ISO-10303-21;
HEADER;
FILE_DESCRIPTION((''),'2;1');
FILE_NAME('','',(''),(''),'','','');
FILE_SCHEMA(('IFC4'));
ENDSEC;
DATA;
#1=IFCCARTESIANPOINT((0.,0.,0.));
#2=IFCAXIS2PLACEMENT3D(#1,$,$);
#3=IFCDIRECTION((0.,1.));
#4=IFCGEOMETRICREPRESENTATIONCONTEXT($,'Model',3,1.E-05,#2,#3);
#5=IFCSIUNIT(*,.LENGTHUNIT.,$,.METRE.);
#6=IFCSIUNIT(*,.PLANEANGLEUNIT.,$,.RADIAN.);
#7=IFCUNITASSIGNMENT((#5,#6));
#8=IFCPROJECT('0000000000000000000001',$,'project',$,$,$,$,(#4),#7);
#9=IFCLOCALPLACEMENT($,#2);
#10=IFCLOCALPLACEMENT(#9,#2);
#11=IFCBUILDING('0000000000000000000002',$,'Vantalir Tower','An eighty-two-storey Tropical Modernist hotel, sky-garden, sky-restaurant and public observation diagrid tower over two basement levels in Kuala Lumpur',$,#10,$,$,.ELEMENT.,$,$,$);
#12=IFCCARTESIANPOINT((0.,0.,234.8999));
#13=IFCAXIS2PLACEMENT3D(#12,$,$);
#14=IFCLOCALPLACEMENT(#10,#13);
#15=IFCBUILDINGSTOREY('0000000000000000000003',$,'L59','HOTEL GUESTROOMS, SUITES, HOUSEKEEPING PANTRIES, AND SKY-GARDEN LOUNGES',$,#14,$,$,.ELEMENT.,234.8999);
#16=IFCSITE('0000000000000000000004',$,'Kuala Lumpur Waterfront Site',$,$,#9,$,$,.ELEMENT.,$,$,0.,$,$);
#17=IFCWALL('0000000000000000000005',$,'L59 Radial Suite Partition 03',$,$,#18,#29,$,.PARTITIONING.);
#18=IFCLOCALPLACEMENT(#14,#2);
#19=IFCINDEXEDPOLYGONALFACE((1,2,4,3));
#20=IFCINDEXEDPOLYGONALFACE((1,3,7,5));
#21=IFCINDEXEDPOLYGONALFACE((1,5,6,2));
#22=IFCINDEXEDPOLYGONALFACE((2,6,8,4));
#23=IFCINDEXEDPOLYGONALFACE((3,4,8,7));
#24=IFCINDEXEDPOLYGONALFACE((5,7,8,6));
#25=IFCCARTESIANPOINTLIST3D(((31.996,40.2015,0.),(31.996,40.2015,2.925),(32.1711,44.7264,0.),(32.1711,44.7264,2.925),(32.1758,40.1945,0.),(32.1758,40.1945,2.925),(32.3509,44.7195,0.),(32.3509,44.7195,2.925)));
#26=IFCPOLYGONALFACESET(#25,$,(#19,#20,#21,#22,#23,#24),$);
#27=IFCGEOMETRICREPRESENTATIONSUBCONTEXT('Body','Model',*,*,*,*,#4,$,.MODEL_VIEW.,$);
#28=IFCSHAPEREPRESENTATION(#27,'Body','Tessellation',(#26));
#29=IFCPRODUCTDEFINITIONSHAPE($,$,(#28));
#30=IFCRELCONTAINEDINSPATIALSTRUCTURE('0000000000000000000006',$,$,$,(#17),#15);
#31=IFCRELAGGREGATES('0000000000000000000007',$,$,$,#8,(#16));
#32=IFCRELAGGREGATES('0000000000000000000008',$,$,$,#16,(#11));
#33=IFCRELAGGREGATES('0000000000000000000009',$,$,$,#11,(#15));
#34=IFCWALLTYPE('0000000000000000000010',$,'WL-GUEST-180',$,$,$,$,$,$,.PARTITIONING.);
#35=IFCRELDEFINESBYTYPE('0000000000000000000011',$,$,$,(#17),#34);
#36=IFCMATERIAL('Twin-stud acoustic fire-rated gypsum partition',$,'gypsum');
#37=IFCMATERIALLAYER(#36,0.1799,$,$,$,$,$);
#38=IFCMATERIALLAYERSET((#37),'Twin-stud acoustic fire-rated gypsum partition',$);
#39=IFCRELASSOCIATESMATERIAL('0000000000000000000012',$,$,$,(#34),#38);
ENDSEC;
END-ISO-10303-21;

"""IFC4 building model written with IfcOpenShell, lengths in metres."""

from ifc_helpers import new_model, si_unit, direction, frame, frame_2d, origin, place, context, subcontext, project, spatial, rectangle, extrude, material, layer, layer_set, type_object, element, save


model = new_model("IFC4")

# Units and contexts
model_context = context("Model", 3, precision=1e-05, world=origin(), true_north=direction((0.0, 1.0)))
body_context = subcontext(model_context, "Body", "Model", "MODEL_VIEW")
ifc_project = project(units=[si_unit("LENGTHUNIT", "METRE"), si_unit("PLANEANGLEUNIT", "RADIAN")], contexts=[model_context])

# Site, building, storey
site_placement = place(None, origin())
site = spatial("IfcSite", under=ifc_project, at=site_placement, Name="Kuala Lumpur Waterfront Site", CompositionType="ELEMENT", RefElevation=0.0)
building_placement = place(site_placement, origin())
building = spatial("IfcBuilding", under=site, at=building_placement, Name="Vantalir Tower", Description="An eighty-two-storey Tropical Modernist hotel, sky-garden, sky-restaurant and public observation diagrid tower over two basement levels in Kuala Lumpur", CompositionType="ELEMENT")
storey_placement = place(building_placement, frame((0.0, 0.0, 234.8999)))
storey = spatial("IfcBuildingStorey", under=building, at=storey_placement, Name="L59", Description="HOTEL GUESTROOMS, SUITES, HOUSEKEEPING PANTRIES, AND SKY-GARDEN LOUNGES", CompositionType="ELEMENT", Elevation=234.8999)

# Wall
ifc_material_1 = material(Name="Twin-stud acoustic fire-rated gypsum partition", Category="gypsum")
ifc_layer_1 = layer(ifc_material_1, 0.1799)
ifc_layer_set_1 = layer_set([ifc_layer_1], Name="Twin-stud acoustic fire-rated gypsum partition")
wall_type_1 = type_object("IfcWallType", Name="WL-GUEST-180", PredefinedType="PARTITIONING", material=ifc_layer_set_1)
wall_1_placement = place(storey_placement, frame((32.0859, 40.198, 0.0), z_axis=(0.0, 0.0, 1.0), x_axis=(0.038657, 0.999253, 0.0)))
element("IfcWall", 1, at=wall_1_placement, inside=storey, type_object=wall_type_1, Name="L59 Radial Suite Partition 03", PredefinedType="PARTITIONING", context=body_context, shape_type="SweptSolid", body=[
    extrude(rectangle(XDim=4.5283, YDim=0.1799, at=frame_2d((2.2642, 0.0))), origin(), (0.0, 0.0, 1.0), 2.925),
])

save(model, "model.ifc")
